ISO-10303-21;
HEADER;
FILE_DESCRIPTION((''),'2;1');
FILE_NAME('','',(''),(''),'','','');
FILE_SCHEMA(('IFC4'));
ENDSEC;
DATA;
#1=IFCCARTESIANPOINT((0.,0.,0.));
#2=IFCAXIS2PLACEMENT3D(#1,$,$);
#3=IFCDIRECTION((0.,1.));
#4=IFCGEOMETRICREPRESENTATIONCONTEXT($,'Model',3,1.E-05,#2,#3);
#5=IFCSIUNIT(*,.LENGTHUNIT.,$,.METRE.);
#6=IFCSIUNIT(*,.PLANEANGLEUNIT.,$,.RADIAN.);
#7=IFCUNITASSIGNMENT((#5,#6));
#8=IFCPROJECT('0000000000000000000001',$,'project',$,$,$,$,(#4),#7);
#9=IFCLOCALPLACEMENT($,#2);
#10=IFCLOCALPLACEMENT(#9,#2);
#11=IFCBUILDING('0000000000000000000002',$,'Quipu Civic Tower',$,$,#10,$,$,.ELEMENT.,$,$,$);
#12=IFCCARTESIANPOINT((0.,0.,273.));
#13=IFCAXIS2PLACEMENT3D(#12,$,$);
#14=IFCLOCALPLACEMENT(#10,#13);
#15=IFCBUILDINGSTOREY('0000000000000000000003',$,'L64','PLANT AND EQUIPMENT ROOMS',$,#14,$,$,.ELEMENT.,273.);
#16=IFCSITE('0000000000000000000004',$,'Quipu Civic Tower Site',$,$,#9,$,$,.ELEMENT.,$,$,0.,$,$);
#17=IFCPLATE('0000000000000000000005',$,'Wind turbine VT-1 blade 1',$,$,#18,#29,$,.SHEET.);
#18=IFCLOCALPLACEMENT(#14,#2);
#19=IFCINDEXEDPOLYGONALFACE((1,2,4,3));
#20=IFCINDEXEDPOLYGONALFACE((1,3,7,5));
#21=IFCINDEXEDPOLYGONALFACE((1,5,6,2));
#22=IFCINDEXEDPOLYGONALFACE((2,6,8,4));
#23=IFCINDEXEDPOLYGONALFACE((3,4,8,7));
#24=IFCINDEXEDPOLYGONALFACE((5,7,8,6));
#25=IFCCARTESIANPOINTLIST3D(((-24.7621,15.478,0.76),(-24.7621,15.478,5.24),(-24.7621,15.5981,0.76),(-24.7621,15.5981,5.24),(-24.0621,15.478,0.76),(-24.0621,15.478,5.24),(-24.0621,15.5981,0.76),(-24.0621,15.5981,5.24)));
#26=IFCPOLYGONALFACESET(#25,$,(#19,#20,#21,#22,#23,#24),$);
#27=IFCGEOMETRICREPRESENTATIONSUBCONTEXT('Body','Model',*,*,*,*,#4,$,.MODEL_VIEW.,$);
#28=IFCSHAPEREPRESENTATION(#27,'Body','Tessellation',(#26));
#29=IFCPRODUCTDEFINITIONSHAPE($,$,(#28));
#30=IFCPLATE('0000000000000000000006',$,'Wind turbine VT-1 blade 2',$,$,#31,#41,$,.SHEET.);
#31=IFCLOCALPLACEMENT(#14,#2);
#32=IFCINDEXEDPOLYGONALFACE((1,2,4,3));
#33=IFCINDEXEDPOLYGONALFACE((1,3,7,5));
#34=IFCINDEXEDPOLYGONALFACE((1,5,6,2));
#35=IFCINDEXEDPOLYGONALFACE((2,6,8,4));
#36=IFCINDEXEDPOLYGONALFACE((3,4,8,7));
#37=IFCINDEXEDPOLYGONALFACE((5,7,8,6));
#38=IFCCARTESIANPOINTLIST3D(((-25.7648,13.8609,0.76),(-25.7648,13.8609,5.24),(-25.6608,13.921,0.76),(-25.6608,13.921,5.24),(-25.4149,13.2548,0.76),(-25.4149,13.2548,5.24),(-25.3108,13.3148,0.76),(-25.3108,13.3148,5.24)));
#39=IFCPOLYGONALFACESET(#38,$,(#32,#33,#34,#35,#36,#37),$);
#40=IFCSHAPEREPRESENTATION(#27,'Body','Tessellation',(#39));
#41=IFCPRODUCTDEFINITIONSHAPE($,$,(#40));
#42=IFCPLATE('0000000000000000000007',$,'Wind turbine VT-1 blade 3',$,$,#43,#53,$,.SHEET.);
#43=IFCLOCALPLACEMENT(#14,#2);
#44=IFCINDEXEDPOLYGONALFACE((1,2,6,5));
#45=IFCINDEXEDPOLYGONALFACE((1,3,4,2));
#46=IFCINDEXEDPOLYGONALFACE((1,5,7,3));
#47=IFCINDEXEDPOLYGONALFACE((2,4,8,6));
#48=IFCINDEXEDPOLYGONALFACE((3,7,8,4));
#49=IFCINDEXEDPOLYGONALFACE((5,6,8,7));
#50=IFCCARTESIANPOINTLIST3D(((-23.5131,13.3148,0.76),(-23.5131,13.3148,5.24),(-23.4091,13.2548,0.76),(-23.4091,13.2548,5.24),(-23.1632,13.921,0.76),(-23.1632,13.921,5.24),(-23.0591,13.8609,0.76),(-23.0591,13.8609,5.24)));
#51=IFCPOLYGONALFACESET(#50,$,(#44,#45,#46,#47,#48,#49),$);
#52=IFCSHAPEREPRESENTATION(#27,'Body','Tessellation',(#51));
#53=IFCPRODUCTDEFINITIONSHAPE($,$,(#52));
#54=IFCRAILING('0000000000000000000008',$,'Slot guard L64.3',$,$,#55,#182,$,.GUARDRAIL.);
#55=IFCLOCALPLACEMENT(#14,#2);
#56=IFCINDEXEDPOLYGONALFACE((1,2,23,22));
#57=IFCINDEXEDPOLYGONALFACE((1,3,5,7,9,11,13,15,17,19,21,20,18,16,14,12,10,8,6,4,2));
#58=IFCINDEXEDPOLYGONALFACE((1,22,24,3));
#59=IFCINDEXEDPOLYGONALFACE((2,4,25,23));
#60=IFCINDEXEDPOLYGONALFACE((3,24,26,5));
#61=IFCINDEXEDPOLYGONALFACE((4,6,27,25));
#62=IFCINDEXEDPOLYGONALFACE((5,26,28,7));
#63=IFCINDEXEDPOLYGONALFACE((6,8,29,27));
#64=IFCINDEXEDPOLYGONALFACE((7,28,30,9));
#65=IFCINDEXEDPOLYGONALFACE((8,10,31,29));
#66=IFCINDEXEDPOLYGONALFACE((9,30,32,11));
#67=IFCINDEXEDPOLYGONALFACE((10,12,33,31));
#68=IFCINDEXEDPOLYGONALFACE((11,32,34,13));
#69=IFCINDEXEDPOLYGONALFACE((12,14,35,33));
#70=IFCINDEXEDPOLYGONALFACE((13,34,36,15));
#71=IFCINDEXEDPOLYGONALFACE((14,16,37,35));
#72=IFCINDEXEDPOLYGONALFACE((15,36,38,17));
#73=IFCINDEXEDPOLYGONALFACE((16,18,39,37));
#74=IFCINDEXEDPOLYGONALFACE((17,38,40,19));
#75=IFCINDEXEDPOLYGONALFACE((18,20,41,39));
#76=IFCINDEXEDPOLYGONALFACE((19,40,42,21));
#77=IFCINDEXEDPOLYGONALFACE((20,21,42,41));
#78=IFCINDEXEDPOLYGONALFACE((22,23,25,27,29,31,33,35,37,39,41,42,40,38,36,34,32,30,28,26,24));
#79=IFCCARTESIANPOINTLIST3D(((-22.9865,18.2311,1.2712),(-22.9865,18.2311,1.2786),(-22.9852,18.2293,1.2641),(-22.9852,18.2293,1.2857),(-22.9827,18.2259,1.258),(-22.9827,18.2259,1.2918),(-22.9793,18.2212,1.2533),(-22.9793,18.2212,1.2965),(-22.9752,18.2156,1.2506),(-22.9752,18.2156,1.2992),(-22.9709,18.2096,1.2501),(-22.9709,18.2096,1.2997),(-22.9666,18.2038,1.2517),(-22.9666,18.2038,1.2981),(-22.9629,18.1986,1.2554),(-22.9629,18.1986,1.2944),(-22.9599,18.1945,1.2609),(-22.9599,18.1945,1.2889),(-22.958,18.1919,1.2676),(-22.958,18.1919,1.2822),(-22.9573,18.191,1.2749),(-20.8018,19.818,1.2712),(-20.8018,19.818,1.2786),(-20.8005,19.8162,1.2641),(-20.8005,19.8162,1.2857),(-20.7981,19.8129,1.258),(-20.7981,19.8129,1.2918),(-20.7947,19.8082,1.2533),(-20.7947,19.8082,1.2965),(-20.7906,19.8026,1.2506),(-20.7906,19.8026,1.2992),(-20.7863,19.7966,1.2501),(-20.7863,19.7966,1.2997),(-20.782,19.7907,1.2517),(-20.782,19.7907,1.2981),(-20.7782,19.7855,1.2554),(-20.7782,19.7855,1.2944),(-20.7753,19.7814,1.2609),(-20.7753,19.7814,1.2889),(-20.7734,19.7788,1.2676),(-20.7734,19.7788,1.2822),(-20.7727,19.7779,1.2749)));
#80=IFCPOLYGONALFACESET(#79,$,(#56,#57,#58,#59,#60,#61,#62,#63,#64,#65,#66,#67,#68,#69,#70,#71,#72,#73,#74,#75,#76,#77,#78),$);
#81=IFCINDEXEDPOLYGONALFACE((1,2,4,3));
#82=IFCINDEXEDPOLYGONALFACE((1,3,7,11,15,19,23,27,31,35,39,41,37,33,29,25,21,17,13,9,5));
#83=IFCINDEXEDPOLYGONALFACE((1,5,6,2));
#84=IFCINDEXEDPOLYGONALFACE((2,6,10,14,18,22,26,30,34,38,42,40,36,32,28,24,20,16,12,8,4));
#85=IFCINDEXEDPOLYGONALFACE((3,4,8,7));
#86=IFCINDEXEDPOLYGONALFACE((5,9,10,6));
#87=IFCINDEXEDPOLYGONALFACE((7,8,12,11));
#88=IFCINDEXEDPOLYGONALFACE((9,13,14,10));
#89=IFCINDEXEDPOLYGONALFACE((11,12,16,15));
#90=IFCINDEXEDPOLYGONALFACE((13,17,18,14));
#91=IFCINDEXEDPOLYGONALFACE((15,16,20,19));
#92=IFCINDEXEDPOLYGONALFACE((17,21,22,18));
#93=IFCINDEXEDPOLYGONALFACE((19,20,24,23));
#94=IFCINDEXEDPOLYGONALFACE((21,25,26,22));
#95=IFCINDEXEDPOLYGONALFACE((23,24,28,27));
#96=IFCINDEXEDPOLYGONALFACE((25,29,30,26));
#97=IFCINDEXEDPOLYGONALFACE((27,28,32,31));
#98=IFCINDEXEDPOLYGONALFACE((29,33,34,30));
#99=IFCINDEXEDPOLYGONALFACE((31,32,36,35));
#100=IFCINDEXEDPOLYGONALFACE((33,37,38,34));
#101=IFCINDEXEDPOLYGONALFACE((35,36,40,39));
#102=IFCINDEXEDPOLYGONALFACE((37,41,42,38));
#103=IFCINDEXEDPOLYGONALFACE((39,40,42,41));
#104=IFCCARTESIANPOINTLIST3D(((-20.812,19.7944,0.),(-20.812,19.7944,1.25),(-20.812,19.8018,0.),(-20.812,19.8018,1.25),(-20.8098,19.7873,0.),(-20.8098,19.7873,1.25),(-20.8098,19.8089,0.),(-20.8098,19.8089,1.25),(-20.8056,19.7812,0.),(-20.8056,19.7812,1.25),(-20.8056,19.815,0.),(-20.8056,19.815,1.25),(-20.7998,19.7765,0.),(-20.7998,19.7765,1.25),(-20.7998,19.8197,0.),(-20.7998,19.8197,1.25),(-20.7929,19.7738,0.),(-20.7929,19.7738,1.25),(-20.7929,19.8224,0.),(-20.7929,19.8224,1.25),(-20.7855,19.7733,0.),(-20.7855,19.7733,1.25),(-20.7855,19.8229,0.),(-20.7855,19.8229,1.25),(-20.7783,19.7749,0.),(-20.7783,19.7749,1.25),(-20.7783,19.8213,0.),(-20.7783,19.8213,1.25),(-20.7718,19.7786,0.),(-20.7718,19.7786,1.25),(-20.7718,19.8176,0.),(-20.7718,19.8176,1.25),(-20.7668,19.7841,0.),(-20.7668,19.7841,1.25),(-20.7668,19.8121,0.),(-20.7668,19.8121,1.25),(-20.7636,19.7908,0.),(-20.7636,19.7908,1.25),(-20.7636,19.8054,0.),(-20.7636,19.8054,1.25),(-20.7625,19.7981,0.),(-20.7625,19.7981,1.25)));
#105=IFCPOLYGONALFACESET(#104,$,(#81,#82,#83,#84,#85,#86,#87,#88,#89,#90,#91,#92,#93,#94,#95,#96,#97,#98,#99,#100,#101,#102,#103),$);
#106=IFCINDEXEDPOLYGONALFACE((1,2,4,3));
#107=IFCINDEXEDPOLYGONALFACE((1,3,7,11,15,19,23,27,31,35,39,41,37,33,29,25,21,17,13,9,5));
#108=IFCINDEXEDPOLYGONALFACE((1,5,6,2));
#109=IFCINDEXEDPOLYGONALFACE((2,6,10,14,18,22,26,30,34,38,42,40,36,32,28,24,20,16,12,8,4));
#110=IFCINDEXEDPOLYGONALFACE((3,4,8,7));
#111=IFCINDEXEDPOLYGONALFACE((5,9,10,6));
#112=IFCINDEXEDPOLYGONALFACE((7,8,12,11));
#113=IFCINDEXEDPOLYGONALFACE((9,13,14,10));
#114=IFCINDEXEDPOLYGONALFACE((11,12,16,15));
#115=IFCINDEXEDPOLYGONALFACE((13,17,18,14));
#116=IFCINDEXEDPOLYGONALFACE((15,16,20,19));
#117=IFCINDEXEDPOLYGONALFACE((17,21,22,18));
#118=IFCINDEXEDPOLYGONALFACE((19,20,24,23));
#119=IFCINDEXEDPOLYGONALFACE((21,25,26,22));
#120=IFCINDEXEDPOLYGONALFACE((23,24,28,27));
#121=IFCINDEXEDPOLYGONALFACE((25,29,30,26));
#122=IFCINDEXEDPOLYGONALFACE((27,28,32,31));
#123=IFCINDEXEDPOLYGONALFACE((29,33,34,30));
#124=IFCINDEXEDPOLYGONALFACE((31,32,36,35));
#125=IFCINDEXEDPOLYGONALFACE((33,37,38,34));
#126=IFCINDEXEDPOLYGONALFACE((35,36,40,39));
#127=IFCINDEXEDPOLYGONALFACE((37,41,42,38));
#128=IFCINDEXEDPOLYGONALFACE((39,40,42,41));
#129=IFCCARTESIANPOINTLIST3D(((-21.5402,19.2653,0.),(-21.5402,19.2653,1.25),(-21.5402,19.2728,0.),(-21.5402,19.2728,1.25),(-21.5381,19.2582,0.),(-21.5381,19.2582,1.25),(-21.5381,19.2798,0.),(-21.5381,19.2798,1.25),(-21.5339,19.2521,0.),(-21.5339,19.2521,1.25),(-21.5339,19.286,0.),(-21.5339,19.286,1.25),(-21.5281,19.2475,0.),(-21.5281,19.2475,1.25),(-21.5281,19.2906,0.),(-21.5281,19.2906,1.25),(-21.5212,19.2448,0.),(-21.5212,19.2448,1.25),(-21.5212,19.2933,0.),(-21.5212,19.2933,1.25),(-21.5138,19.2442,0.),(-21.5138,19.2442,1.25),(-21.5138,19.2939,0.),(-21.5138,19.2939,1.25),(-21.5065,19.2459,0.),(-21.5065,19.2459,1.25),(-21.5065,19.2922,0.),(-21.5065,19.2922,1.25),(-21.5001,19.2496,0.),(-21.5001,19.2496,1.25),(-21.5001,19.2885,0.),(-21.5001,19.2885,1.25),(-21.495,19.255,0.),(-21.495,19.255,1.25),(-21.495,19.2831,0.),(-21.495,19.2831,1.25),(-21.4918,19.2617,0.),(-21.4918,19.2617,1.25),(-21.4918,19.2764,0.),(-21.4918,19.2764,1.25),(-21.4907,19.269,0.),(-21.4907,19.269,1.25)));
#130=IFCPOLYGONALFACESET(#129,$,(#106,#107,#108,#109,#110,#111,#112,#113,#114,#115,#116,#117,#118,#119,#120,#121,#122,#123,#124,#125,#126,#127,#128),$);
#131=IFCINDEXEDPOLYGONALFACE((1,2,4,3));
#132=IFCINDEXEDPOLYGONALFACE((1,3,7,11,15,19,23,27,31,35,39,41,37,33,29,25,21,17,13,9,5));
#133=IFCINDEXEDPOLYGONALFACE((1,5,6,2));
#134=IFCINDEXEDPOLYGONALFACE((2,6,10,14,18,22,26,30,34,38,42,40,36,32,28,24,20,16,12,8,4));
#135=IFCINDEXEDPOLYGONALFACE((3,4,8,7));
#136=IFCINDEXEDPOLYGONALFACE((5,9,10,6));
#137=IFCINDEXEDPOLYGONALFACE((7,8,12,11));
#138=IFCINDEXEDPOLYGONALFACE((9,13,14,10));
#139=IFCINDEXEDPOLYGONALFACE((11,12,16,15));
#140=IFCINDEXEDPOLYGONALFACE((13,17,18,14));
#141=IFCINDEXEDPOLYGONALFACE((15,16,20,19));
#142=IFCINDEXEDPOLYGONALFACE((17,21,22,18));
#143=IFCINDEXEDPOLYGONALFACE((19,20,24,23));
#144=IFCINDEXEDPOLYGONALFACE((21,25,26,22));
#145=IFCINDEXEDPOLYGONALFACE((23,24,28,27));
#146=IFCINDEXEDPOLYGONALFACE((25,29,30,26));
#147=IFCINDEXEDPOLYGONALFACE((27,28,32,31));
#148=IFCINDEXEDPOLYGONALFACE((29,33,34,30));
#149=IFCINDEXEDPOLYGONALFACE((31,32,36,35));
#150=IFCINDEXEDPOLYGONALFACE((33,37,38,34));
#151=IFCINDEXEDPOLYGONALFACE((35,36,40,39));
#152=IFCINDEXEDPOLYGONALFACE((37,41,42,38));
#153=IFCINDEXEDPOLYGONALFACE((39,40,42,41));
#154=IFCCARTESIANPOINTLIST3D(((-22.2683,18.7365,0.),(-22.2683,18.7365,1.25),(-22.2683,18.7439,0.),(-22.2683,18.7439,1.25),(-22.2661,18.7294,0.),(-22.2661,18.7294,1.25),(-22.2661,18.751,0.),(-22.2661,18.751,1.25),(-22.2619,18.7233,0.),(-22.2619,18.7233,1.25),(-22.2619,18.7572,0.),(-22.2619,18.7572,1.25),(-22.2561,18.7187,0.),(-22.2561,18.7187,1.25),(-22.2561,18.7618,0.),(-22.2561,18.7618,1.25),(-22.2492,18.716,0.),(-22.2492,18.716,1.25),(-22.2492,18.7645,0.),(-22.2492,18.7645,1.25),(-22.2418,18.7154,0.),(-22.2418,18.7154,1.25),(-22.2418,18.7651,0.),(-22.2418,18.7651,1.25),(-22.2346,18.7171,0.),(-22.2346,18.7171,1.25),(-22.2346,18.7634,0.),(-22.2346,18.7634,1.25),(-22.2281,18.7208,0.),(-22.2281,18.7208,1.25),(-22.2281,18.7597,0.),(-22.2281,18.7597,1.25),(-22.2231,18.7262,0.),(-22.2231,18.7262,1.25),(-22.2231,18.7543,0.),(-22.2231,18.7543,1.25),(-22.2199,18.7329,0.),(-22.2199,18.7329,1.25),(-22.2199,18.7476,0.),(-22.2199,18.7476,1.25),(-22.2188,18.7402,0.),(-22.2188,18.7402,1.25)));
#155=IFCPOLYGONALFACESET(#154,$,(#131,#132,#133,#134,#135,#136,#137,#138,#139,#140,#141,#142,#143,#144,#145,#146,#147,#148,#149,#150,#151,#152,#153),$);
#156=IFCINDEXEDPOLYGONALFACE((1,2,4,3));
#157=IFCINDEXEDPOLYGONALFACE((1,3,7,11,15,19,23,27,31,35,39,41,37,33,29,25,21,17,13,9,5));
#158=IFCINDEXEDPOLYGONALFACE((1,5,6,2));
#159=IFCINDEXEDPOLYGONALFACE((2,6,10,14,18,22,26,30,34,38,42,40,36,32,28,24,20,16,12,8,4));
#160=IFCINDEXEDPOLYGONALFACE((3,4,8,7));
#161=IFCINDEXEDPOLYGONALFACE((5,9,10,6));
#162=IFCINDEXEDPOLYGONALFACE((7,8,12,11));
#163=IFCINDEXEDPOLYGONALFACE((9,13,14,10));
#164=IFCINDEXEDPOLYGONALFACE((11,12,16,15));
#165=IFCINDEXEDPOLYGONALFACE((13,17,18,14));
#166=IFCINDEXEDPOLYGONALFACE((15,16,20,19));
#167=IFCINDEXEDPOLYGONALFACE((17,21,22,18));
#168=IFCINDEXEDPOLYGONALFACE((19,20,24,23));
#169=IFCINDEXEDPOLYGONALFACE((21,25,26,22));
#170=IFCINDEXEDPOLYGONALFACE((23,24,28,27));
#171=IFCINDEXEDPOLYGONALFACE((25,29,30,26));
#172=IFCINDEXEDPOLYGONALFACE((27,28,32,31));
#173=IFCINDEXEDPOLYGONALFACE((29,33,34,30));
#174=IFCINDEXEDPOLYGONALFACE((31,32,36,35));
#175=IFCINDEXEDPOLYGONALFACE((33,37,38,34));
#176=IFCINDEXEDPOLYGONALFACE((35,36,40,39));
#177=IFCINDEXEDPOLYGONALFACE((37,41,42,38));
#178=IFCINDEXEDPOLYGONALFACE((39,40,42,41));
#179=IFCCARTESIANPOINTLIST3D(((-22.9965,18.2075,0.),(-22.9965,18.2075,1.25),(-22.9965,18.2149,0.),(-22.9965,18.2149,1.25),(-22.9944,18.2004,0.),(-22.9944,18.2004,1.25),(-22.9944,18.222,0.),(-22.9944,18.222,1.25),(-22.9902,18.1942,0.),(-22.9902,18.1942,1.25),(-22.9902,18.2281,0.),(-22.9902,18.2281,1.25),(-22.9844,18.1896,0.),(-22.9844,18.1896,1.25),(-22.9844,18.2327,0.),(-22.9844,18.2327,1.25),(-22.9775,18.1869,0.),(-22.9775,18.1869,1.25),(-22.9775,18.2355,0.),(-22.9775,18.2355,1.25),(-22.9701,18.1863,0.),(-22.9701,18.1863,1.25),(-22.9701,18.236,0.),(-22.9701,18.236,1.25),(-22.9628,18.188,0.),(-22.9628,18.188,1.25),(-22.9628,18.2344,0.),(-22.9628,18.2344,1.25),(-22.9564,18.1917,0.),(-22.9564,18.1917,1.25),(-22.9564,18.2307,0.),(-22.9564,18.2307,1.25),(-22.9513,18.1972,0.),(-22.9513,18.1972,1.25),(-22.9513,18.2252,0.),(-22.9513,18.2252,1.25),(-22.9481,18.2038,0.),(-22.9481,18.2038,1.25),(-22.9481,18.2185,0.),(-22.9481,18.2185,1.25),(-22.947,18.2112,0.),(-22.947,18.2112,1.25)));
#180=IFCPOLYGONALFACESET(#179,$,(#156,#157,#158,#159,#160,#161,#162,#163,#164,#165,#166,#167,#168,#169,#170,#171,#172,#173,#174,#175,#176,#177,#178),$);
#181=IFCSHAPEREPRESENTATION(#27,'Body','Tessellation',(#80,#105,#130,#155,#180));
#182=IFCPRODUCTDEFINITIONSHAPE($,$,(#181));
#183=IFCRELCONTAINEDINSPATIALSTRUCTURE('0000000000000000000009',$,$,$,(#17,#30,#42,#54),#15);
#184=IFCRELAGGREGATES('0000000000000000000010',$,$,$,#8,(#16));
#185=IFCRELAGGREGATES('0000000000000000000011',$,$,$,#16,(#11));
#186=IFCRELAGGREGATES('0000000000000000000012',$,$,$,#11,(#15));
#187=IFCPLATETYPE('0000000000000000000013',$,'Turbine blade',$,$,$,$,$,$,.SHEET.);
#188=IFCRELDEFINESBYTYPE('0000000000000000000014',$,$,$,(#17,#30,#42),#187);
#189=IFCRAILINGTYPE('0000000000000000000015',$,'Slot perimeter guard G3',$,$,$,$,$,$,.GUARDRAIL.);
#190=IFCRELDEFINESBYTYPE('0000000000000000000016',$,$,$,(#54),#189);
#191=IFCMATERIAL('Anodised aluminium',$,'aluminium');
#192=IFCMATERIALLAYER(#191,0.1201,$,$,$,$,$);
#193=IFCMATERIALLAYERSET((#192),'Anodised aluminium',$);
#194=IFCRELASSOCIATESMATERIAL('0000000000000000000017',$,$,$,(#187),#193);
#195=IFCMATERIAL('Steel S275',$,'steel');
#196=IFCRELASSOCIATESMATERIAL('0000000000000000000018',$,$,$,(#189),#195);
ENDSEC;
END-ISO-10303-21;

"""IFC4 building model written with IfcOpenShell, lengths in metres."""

from ifc_helpers import new_model, si_unit, direction, frame, origin, origin_2d, place, context, subcontext, project, spatial, rectangle, circle, extrude, material, layer, layer_set, type_object, element, save


model = new_model("IFC4")

# Units and contexts
model_context = context("Model", 3, precision=1e-05, world=origin(), true_north=direction((0.0, 1.0)))
body_context = subcontext(model_context, "Body", "Model", "MODEL_VIEW")
ifc_project = project(units=[si_unit("LENGTHUNIT", "METRE"), si_unit("PLANEANGLEUNIT", "RADIAN")], contexts=[model_context])

# Site, building, storey
site_placement = place(None, origin())
site = spatial("IfcSite", under=ifc_project, at=site_placement, Name="Quipu Civic Tower Site", CompositionType="ELEMENT", RefElevation=0.0)
building_placement = place(site_placement, origin())
building = spatial("IfcBuilding", under=site, at=building_placement, Name="Quipu Civic Tower", CompositionType="ELEMENT")
storey_placement = place(building_placement, frame((0.0, 0.0, 273.0)))
storey = spatial("IfcBuildingStorey", under=building, at=storey_placement, Name="L64", Description="PLANT AND EQUIPMENT ROOMS", CompositionType="ELEMENT", Elevation=273.0)

# Plates
ifc_material_1 = material(Name="Anodised aluminium", Category="aluminium")
ifc_layer = layer(ifc_material_1, 0.1201)
ifc_layer_set = layer_set([ifc_layer], Name="Anodised aluminium")
plate_type = type_object("IfcPlateType", Name="Turbine blade", PredefinedType="SHEET", material=ifc_layer_set)
for number, where, z_axis, x_axis, name in (
    (1, (-24.4121, 15.5381, 0.76), (0.0, 0.0, 1.0), (-1.0, 0.0, 0.0), "Wind turbine VT-1 blade 1"),
    (2, (-25.5378, 13.5879, 0.76), (0.0, 0.0, 1.0), (0.5, -0.866025, 0.0), "Wind turbine VT-1 blade 2"),
    (3, (-23.2861, 13.5879, 0.76), (0.0, 0.0, 1.0), (0.5, 0.866025, 0.0), "Wind turbine VT-1 blade 3"),
):
    element("IfcPlate", number, at=place(storey_placement, frame(where, z_axis=z_axis, x_axis=x_axis)), inside=storey, type_object=plate_type, Name=name, PredefinedType="SHEET", context=body_context, shape_type="SweptSolid", body=[
        extrude(rectangle(XDim=0.7, YDim=0.1201, at=origin_2d()), origin(), (0.0, 0.0, 1.0), 4.48),
    ])

# Railing
ifc_material_2 = material(Name="Steel S275", Category="steel")
railing_type = type_object("IfcRailingType", Name="Slot perimeter guard G3", PredefinedType="GUARDRAIL", material=ifc_material_2)
railing_1_placement = place(storey_placement, frame((-20.7874, 19.7981, 0.0)))
element("IfcRailing", 4, at=railing_1_placement, inside=storey, type_object=railing_type, Name="Slot guard L64.3", PredefinedType="GUARDRAIL", context=body_context, shape_type="SweptSolid", body=[
    extrude(circle(Radius=0.0249, at=origin_2d()), frame((0.0, 0.0, 1.2749), z_axis=(-0.809064, -0.58772, 0.0), x_axis=(0.58772, -0.809064, 0.0)), (0.0, 0.0, 1.0), 2.7002),
    extrude(circle(Radius=0.0249, at=origin_2d()), origin(), (0.0, 0.0, 1.0), 1.25),
    extrude(circle(Radius=0.0249, at=origin_2d()), frame((-0.7283, -0.5291, 0.0)), (0.0, 0.0, 1.0), 1.25),
    extrude(circle(Radius=0.0249, at=origin_2d()), frame((-1.4563, -1.0579, 0.0)), (0.0, 0.0, 1.0), 1.25),
    extrude(circle(Radius=0.0249, at=origin_2d()), frame((-2.1846, -1.5869, 0.0)), (0.0, 0.0, 1.0), 1.25),
])

save(model, "model.ifc")
